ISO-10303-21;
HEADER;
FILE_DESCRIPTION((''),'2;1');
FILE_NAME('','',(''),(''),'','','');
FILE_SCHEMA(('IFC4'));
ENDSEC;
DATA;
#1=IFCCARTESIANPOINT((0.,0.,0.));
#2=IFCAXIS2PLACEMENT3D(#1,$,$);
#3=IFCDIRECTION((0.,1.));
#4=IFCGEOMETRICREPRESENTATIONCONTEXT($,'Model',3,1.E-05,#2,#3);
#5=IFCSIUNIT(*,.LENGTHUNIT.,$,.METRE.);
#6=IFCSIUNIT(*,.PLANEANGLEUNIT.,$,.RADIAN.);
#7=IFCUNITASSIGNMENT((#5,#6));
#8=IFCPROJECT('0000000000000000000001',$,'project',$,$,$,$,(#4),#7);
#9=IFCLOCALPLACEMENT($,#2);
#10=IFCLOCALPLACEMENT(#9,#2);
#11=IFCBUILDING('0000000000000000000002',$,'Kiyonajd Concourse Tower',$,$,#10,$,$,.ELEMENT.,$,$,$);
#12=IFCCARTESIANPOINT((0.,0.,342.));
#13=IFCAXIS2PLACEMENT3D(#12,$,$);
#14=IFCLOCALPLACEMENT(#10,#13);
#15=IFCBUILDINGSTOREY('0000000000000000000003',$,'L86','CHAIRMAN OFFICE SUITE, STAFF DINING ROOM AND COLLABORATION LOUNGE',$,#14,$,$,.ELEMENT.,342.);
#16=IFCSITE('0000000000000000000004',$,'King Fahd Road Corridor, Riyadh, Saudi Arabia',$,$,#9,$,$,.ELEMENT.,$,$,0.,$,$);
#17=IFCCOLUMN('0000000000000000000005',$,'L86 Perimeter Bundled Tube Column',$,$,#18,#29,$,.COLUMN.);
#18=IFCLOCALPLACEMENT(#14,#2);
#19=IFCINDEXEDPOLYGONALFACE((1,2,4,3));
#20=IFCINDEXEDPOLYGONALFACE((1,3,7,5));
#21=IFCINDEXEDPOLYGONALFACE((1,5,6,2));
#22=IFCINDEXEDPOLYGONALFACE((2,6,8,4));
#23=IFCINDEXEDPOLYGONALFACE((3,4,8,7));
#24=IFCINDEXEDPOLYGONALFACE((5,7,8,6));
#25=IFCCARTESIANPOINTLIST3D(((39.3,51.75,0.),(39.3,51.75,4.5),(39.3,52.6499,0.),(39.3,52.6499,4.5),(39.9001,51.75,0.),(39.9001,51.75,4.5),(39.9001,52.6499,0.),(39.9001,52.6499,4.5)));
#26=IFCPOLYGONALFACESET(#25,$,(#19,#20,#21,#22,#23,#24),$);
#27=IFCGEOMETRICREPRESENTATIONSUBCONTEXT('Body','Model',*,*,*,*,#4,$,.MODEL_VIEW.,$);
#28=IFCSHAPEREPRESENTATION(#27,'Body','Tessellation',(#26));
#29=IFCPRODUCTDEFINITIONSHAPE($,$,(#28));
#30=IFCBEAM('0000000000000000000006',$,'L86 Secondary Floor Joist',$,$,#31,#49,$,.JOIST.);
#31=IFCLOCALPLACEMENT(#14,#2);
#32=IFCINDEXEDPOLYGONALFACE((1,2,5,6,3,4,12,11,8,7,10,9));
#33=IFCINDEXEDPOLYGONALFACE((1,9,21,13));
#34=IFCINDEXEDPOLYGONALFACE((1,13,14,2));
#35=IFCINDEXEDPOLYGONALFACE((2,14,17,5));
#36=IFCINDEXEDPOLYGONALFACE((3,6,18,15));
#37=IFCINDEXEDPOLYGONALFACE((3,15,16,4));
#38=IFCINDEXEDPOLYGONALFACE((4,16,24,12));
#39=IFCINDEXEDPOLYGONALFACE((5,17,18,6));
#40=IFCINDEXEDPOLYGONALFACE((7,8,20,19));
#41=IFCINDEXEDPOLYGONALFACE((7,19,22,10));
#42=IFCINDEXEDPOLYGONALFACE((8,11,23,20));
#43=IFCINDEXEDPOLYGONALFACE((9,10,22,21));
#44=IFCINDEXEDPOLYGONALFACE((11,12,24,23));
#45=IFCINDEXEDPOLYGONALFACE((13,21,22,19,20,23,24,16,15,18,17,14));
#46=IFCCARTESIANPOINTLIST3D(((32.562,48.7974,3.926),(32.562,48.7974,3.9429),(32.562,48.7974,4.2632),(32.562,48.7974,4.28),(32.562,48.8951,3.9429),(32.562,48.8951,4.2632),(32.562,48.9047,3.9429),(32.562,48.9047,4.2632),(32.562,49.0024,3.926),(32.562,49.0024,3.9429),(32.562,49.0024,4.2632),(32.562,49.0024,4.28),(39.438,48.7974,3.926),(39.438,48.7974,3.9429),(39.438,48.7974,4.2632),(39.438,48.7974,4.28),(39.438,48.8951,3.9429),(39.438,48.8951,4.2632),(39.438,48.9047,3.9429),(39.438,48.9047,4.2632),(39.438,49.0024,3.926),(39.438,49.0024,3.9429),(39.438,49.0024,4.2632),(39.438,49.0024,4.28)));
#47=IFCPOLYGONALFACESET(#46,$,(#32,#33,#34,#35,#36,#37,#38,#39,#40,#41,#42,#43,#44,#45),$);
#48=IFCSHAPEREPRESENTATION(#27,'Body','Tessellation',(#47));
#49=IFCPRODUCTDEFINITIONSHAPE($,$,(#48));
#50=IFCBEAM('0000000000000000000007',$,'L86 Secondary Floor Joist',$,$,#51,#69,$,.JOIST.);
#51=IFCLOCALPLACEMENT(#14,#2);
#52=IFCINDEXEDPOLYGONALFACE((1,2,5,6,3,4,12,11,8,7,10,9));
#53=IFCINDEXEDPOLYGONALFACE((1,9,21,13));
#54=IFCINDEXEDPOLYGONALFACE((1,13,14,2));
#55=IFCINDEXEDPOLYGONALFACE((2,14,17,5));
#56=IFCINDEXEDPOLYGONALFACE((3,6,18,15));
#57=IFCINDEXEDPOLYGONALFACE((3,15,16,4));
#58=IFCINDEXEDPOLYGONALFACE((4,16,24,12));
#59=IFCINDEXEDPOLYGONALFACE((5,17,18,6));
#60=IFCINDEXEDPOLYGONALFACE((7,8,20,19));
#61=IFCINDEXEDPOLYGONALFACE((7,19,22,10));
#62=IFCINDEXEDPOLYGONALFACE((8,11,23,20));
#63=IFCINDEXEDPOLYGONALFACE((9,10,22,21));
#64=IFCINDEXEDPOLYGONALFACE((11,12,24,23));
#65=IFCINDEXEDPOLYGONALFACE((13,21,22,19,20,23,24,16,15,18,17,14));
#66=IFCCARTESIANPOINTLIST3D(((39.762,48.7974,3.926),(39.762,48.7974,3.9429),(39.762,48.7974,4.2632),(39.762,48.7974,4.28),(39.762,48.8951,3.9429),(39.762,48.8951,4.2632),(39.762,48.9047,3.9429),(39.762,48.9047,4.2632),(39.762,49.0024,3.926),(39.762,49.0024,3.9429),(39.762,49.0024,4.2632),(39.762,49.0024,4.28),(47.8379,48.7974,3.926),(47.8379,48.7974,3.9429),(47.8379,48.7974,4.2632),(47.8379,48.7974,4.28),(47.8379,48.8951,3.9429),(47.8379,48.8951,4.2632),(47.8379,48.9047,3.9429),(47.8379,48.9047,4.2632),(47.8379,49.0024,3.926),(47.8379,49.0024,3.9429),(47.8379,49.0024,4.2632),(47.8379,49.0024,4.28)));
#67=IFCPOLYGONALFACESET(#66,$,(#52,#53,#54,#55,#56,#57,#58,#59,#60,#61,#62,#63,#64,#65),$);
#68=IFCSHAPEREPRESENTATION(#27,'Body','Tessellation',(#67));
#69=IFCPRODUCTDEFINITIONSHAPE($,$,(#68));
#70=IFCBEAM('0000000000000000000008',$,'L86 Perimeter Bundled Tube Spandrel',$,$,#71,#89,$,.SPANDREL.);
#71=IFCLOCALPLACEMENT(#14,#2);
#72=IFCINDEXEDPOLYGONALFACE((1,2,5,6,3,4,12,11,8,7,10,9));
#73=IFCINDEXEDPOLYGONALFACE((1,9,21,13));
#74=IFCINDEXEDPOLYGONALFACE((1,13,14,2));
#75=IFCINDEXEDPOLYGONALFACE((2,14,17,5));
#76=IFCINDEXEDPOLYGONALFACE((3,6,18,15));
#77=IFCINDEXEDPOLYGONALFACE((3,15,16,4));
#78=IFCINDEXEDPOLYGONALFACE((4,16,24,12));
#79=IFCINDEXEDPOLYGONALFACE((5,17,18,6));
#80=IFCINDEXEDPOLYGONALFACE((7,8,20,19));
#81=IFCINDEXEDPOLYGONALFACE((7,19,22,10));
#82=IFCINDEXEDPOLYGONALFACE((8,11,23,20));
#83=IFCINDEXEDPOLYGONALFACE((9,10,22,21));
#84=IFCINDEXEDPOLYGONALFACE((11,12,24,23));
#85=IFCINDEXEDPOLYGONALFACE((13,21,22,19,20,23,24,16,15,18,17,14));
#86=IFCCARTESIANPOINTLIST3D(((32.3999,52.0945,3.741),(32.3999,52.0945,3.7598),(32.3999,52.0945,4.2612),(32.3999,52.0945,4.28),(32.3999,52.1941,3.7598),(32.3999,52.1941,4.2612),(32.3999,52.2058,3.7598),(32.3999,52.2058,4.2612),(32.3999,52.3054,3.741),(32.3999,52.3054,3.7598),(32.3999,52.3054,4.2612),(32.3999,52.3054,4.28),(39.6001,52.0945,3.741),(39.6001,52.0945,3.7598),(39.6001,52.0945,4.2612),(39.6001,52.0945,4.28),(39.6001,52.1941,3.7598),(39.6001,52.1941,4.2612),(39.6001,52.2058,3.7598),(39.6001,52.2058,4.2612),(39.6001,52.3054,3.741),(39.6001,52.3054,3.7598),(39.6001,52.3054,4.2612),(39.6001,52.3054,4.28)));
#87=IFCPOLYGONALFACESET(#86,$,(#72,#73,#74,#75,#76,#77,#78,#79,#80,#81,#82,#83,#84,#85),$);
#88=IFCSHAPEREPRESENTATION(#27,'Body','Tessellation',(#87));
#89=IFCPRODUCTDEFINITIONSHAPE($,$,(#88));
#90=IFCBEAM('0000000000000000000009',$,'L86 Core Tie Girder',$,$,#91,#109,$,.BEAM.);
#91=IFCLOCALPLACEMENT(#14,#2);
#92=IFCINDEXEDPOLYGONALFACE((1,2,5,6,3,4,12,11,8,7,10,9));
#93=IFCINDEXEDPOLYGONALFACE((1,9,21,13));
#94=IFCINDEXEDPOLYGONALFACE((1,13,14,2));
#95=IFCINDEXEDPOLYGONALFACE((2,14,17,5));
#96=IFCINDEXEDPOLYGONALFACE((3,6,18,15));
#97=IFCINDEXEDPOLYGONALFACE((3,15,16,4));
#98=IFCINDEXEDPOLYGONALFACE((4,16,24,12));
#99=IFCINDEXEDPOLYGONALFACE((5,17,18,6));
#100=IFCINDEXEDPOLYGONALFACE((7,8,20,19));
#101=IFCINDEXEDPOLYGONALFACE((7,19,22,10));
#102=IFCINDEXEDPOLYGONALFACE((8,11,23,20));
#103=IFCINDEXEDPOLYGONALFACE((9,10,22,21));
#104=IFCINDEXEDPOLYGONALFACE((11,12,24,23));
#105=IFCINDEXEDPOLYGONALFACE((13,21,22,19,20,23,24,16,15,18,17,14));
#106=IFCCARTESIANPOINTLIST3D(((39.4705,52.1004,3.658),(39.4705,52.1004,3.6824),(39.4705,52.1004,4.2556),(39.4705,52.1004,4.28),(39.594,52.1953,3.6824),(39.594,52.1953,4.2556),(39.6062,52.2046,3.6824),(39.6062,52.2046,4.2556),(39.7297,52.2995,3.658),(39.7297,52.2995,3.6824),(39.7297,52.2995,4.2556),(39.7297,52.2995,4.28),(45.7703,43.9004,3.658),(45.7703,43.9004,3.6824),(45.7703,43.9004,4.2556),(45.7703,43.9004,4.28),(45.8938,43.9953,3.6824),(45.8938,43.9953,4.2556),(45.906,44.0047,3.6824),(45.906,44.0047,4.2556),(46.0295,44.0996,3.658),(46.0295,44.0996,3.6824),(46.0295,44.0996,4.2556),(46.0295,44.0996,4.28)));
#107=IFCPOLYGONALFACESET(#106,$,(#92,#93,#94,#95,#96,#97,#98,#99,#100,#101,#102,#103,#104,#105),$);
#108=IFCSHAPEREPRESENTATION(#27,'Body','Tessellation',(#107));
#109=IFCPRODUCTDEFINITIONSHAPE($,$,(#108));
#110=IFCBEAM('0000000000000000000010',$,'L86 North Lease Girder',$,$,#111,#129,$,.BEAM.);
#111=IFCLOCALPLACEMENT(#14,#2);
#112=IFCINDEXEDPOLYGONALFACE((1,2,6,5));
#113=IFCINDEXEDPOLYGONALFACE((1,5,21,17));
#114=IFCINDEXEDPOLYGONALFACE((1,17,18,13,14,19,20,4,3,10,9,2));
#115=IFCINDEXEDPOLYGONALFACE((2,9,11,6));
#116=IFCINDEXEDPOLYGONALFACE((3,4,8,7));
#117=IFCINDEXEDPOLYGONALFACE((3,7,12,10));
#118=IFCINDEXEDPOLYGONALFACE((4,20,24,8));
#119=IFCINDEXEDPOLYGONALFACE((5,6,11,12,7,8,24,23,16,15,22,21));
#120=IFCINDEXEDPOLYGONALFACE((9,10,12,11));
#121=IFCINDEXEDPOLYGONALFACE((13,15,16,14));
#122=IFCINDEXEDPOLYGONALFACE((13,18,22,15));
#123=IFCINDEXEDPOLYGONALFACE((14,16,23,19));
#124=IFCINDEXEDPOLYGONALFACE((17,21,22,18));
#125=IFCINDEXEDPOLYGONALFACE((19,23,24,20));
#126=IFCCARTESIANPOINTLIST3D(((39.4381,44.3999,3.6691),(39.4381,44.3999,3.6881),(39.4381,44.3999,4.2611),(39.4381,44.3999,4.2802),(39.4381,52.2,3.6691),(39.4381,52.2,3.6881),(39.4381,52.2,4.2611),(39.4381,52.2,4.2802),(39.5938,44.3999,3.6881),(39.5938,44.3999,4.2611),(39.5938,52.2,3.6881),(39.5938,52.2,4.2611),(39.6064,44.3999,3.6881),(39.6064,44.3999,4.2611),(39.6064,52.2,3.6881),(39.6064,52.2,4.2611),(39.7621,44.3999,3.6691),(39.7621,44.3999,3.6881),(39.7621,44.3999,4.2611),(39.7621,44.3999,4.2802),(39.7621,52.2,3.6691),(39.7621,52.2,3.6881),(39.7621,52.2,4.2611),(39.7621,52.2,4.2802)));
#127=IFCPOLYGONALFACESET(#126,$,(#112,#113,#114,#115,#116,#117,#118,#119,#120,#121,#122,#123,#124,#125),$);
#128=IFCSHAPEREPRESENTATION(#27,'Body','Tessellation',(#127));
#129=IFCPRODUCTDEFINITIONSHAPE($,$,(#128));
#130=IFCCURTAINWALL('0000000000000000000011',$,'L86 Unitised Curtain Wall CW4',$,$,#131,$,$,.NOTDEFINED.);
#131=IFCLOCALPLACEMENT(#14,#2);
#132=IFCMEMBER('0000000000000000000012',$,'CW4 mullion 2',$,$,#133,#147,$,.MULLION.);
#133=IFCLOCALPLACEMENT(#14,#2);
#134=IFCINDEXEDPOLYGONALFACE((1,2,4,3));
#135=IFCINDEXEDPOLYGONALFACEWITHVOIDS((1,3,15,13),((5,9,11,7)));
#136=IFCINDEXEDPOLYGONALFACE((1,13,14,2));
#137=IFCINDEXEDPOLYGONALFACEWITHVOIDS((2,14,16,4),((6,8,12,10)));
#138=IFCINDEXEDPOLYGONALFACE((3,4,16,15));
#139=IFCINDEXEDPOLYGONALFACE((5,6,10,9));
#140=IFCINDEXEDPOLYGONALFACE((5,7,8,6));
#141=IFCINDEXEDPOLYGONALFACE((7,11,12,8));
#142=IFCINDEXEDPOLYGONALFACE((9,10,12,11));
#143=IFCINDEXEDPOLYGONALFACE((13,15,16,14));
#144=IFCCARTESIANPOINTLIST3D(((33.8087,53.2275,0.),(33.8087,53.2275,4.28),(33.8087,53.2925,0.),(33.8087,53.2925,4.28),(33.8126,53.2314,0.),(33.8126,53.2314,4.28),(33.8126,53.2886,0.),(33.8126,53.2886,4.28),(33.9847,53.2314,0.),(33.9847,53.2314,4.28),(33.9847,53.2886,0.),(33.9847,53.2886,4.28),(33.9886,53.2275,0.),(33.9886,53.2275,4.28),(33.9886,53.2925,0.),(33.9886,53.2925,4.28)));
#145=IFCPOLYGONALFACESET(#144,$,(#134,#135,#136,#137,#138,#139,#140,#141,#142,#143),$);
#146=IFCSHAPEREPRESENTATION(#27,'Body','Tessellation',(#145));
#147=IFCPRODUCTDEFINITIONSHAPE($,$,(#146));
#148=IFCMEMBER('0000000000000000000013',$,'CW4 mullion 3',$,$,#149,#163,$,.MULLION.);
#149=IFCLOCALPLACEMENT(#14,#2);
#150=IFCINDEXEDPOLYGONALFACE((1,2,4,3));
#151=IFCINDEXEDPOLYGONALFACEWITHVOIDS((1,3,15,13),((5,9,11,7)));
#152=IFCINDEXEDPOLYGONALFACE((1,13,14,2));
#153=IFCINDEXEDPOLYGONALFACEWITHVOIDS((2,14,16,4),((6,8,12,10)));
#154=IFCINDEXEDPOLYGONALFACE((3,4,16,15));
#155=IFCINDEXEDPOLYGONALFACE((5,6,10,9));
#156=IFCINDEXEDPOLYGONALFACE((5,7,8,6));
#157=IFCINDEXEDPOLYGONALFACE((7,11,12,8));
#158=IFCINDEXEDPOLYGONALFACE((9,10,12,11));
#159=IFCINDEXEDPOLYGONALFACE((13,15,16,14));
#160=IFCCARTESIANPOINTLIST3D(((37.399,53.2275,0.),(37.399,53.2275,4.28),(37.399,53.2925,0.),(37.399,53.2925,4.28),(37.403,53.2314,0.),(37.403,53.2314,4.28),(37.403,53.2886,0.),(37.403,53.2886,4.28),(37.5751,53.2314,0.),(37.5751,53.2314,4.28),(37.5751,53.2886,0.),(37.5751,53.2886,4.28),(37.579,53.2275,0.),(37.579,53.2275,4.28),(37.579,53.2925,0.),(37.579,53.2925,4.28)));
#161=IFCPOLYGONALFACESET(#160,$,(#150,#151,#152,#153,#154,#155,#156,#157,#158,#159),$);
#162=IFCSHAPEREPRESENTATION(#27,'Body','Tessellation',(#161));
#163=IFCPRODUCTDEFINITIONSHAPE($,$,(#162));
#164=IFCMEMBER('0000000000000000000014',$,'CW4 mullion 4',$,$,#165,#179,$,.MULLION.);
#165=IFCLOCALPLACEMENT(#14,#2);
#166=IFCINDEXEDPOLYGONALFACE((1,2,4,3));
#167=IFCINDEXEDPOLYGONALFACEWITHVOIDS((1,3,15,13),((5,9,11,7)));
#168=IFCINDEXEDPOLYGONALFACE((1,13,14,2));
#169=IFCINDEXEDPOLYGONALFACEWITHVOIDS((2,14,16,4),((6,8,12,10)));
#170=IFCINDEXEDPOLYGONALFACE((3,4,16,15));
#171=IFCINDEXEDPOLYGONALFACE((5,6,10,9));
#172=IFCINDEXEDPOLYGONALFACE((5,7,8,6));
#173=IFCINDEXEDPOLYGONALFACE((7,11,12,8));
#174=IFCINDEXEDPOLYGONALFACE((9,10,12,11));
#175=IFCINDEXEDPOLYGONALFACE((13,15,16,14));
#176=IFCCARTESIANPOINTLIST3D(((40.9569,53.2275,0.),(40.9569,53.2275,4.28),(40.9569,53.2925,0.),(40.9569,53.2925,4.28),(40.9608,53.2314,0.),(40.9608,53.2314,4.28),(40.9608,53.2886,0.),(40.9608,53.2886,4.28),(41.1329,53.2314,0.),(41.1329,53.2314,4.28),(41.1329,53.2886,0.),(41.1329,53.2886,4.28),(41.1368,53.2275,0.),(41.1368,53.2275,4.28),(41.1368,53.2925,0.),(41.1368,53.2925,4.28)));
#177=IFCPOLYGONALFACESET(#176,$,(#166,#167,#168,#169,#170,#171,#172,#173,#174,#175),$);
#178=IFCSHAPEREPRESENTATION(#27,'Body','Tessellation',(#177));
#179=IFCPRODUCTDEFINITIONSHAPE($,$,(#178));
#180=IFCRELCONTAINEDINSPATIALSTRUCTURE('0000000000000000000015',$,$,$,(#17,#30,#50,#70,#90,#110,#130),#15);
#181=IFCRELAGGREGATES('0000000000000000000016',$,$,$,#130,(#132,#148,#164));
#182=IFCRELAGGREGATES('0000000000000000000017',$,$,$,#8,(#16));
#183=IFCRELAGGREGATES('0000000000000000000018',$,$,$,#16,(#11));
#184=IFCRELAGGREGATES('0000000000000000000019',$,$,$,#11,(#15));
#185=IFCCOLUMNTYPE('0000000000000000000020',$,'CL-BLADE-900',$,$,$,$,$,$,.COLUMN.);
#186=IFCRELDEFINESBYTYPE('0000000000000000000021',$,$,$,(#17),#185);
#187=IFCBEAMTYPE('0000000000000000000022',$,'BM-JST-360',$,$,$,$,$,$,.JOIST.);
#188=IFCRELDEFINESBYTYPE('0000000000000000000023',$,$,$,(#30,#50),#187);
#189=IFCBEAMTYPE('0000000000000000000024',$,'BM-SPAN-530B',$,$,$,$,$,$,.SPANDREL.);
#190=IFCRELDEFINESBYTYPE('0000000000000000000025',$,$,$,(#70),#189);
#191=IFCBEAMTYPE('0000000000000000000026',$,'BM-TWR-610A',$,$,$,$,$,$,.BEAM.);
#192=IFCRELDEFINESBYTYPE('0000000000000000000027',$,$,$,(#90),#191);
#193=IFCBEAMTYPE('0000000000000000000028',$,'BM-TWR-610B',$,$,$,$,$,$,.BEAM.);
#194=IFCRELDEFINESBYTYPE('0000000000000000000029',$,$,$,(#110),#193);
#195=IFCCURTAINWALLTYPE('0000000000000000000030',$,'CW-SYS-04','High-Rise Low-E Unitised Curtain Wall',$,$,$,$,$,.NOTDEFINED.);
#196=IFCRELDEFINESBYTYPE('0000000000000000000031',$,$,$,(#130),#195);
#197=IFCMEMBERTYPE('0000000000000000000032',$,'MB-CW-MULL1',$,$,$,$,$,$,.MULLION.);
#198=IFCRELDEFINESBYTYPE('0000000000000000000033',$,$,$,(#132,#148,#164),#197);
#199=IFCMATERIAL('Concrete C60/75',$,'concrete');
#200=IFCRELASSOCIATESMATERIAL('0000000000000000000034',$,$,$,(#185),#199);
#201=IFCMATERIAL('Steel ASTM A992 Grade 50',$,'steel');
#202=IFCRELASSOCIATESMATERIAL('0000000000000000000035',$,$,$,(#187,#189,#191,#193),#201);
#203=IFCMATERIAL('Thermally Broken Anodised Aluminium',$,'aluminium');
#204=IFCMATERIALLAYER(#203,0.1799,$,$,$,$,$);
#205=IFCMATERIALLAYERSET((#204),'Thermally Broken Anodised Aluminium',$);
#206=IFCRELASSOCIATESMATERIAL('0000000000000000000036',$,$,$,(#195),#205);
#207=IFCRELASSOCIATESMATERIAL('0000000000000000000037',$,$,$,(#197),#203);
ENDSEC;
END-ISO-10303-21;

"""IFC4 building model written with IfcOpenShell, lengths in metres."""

from ifc_helpers import new_model, si_unit, direction, frame, origin, origin_2d, place, context, subcontext, project, spatial, rectangle, hollow_rectangle, i_section, extrude, material, layer, layer_set, material_profile, profile_set, type_object, element, aggregate, save


model = new_model("IFC4")

# Units and contexts
model_context = context("Model", 3, precision=1e-05, world=origin(), true_north=direction((0.0, 1.0)))
body_context = subcontext(model_context, "Body", "Model", "MODEL_VIEW")
ifc_project = project(units=[si_unit("LENGTHUNIT", "METRE"), si_unit("PLANEANGLEUNIT", "RADIAN")], contexts=[model_context])

# Site, building, storey
site_placement = place(None, origin())
site = spatial("IfcSite", under=ifc_project, at=site_placement, Name="King Fahd Road Corridor, Riyadh, Saudi Arabia", CompositionType="ELEMENT", RefElevation=0.0)
building_placement = place(site_placement, origin())
building = spatial("IfcBuilding", under=site, at=building_placement, Name="Kiyonajd Concourse Tower", CompositionType="ELEMENT")
storey_placement = place(building_placement, frame((0.0, 0.0, 342.0)))
storey = spatial("IfcBuildingStorey", under=building, at=storey_placement, Name="L86", Description="CHAIRMAN OFFICE SUITE, STAFF DINING ROOM AND COLLABORATION LOUNGE", CompositionType="ELEMENT", Elevation=342.0)

# Column
ifc_material_1 = material(Name="Concrete C60/75", Category="concrete")
ifc_material_profile_1 = material_profile(ifc_material_1, rectangle(XDim=0.6001, YDim=0.8999, at=origin_2d()), Name="RC-900x600")
ifc_profile_set_1 = profile_set([ifc_material_profile_1], Name="Concrete C60/75")
column_type = type_object("IfcColumnType", Name="CL-BLADE-900", PredefinedType="COLUMN", material=ifc_profile_set_1)
column_placement = place(storey_placement, frame((39.6001, 52.2, 0.0), z_axis=(0.0, 0.0, 1.0), x_axis=(1.0, 0.0, 0.0)))
element("IfcColumn", 1, at=column_placement, inside=storey, type_object=column_type, Name="L86 Perimeter Bundled Tube Column", PredefinedType="COLUMN", context=body_context, shape_type="SweptSolid", body=[
    extrude(rectangle(XDim=0.6001, YDim=0.8999, at=origin_2d()), origin(), (0.0, 0.0, 1.0), 4.5),
])

# Beams
ifc_material_2 = material(Name="Steel ASTM A992 Grade 50", Category="steel")
ifc_material_profile_2 = material_profile(ifc_material_2, i_section(OverallWidth=0.2051, OverallDepth=0.354, WebThickness=0.0095, FlangeThickness=0.0168, at=origin_2d()), Name="W360X79")
ifc_profile_set_2 = profile_set([ifc_material_profile_2], Name="Steel ASTM A992 Grade 50")
beam_type_1 = type_object("IfcBeamType", Name="BM-JST-360", PredefinedType="JOIST", material=ifc_profile_set_2)
beam_1_placement = place(storey_placement, frame((32.562, 48.8999, 4.103), z_axis=(1.0, 0.0, 0.0), x_axis=(0.0, 1.0, 0.0)))
element("IfcBeam", 2, at=beam_1_placement, inside=storey, type_object=beam_type_1, Name="L86 Secondary Floor Joist", PredefinedType="JOIST", context=body_context, shape_type="SweptSolid", body=[
    extrude(i_section(OverallWidth=0.2051, OverallDepth=0.354, WebThickness=0.0095, FlangeThickness=0.0168, at=origin_2d()), origin(), (0.0, 0.0, 1.0), 6.876),
])
beam_2_placement = place(storey_placement, frame((39.762, 48.8999, 4.103), z_axis=(1.0, 0.0, 0.0), x_axis=(0.0, 1.0, 0.0)))
element("IfcBeam", 3, at=beam_2_placement, inside=storey, type_object=beam_type_1, Name="L86 Secondary Floor Joist", PredefinedType="JOIST", context=body_context, shape_type="SweptSolid", body=[
    extrude(i_section(OverallWidth=0.2051, OverallDepth=0.354, WebThickness=0.0095, FlangeThickness=0.0168, at=origin_2d()), origin(), (0.0, 0.0, 1.0), 8.0759),
])
ifc_material_profile_3 = material_profile(ifc_material_2, i_section(OverallWidth=0.2109, OverallDepth=0.5391, WebThickness=0.0117, FlangeThickness=0.0188, at=origin_2d()), Name="W530X109")
ifc_profile_set_3 = profile_set([ifc_material_profile_3], Name="Steel ASTM A992 Grade 50")
beam_type_2 = type_object("IfcBeamType", Name="BM-SPAN-530B", PredefinedType="SPANDREL", material=ifc_profile_set_3)
beam_3_placement = place(storey_placement, frame((39.6001, 52.2, 4.0105), z_axis=(-1.0, 0.0, 0.0), x_axis=(0.0, -1.0, 0.0)))
element("IfcBeam", 4, at=beam_3_placement, inside=storey, type_object=beam_type_2, Name="L86 Perimeter Bundled Tube Spandrel", PredefinedType="SPANDREL", context=body_context, shape_type="SweptSolid", body=[
    extrude(i_section(OverallWidth=0.2109, OverallDepth=0.5391, WebThickness=0.0117, FlangeThickness=0.0188, at=origin_2d()), origin(), (0.0, 0.0, 1.0), 7.2002),
])
ifc_material_profile_4 = material_profile(ifc_material_2, i_section(OverallWidth=0.3269, OverallDepth=0.6221, WebThickness=0.0154, FlangeThickness=0.0244, at=origin_2d()), Name="W610X195")
ifc_profile_set_4 = profile_set([ifc_material_profile_4], Name="Steel ASTM A992 Grade 50")
beam_type_3 = type_object("IfcBeamType", Name="BM-TWR-610A", PredefinedType="BEAM", material=ifc_profile_set_4)
beam_4_placement = place(storey_placement, frame((39.6001, 52.2, 3.969), z_axis=(0.609234, -0.792991, 0.0), x_axis=(0.792991, 0.609234, 0.0)))
element("IfcBeam", 5, at=beam_4_placement, inside=storey, type_object=beam_type_3, Name="L86 Core Tie Girder", PredefinedType="BEAM", context=body_context, shape_type="SweptSolid", body=[
    extrude(i_section(OverallWidth=0.3269, OverallDepth=0.6221, WebThickness=0.0154, FlangeThickness=0.0244, at=origin_2d()), origin(), (0.0, 0.0, 1.0), 10.3406),
])
ifc_material_profile_5 = material_profile(ifc_material_2, i_section(OverallWidth=0.324, OverallDepth=0.6111, WebThickness=0.0127, FlangeThickness=0.019, at=origin_2d()), Name="W610X155")
ifc_profile_set_5 = profile_set([ifc_material_profile_5], Name="Steel ASTM A992 Grade 50")
beam_type_4 = type_object("IfcBeamType", Name="BM-TWR-610B", PredefinedType="BEAM", material=ifc_profile_set_5)
beam_5_placement = place(storey_placement, frame((39.6001, 44.3999, 3.9746), z_axis=(0.0, 1.0, 0.0), x_axis=(-1.0, 0.0, 0.0)))
element("IfcBeam", 6, at=beam_5_placement, inside=storey, type_object=beam_type_4, Name="L86 North Lease Girder", PredefinedType="BEAM", context=body_context, shape_type="SweptSolid", body=[
    extrude(i_section(OverallWidth=0.324, OverallDepth=0.6111, WebThickness=0.0127, FlangeThickness=0.019, at=origin_2d()), origin(), (0.0, 0.0, 1.0), 7.8),
])

# Curtain wall, members
ifc_material_3 = material(Name="Thermally Broken Anodised Aluminium", Category="aluminium")
ifc_layer_1 = layer(ifc_material_3, 0.1799)
ifc_layer_set_1 = layer_set([ifc_layer_1], Name="Thermally Broken Anodised Aluminium")
curtain_wall_type = type_object("IfcCurtainWallType", Name="CW-SYS-04", Description="High-Rise Low-E Unitised Curtain Wall", PredefinedType="NOTDEFINED", material=ifc_layer_set_1)
curtain_wall_placement = place(storey_placement, origin())
curtain_wall = element("IfcCurtainWall", 7, at=curtain_wall_placement, inside=storey, type_object=curtain_wall_type, Name="L86 Unitised Curtain Wall CW4", PredefinedType="NOTDEFINED")
ifc_material_profile_6 = material_profile(ifc_material_3, hollow_rectangle(XDim=0.0649, YDim=0.1799, WallThickness=0.0039, at=origin_2d()), Name="MULL-65x180")
ifc_profile_set_6 = profile_set([ifc_material_profile_6], Name="Thermally Broken Anodised Aluminium")
member_type_1 = type_object("IfcMemberType", Name="MB-CW-MULL1", PredefinedType="MULLION", material=ifc_profile_set_6)
member_1_placement = place(storey_placement, frame((33.8987, 53.26, 0.0), z_axis=(0.0, 0.0, 1.0), x_axis=(0.0, 1.0, 0.0)))
member_1 = element("IfcMember", 8, at=member_1_placement, type_object=member_type_1, Name="CW4 mullion 2", PredefinedType="MULLION", context=body_context, shape_type="SweptSolid", body=[
    extrude(hollow_rectangle(XDim=0.0649, YDim=0.1799, WallThickness=0.0039, at=origin_2d()), origin(), (0.0, 0.0, 1.0), 4.28),
])
member_2_placement = place(storey_placement, frame((37.489, 53.26, 0.0), z_axis=(0.0, 0.0, 1.0), x_axis=(0.0, 1.0, 0.0)))
member_2 = element("IfcMember", 9, at=member_2_placement, type_object=member_type_1, Name="CW4 mullion 3", PredefinedType="MULLION", context=body_context, shape_type="SweptSolid", body=[
    extrude(hollow_rectangle(XDim=0.0649, YDim=0.1799, WallThickness=0.0039, at=origin_2d()), origin(), (0.0, 0.0, 1.0), 4.28),
])
member_3_placement = place(storey_placement, frame((41.0469, 53.26, 0.0), z_axis=(0.0, 0.0, 1.0), x_axis=(0.0, 1.0, 0.0)))
member_3 = element("IfcMember", 10, at=member_3_placement, type_object=member_type_1, Name="CW4 mullion 4", PredefinedType="MULLION", context=body_context, shape_type="SweptSolid", body=[
    extrude(hollow_rectangle(XDim=0.0649, YDim=0.1799, WallThickness=0.0039, at=origin_2d()), origin(), (0.0, 0.0, 1.0), 4.28),
])

aggregate(curtain_wall, [member_1, member_2, member_3])

save(model, "model.ifc")
